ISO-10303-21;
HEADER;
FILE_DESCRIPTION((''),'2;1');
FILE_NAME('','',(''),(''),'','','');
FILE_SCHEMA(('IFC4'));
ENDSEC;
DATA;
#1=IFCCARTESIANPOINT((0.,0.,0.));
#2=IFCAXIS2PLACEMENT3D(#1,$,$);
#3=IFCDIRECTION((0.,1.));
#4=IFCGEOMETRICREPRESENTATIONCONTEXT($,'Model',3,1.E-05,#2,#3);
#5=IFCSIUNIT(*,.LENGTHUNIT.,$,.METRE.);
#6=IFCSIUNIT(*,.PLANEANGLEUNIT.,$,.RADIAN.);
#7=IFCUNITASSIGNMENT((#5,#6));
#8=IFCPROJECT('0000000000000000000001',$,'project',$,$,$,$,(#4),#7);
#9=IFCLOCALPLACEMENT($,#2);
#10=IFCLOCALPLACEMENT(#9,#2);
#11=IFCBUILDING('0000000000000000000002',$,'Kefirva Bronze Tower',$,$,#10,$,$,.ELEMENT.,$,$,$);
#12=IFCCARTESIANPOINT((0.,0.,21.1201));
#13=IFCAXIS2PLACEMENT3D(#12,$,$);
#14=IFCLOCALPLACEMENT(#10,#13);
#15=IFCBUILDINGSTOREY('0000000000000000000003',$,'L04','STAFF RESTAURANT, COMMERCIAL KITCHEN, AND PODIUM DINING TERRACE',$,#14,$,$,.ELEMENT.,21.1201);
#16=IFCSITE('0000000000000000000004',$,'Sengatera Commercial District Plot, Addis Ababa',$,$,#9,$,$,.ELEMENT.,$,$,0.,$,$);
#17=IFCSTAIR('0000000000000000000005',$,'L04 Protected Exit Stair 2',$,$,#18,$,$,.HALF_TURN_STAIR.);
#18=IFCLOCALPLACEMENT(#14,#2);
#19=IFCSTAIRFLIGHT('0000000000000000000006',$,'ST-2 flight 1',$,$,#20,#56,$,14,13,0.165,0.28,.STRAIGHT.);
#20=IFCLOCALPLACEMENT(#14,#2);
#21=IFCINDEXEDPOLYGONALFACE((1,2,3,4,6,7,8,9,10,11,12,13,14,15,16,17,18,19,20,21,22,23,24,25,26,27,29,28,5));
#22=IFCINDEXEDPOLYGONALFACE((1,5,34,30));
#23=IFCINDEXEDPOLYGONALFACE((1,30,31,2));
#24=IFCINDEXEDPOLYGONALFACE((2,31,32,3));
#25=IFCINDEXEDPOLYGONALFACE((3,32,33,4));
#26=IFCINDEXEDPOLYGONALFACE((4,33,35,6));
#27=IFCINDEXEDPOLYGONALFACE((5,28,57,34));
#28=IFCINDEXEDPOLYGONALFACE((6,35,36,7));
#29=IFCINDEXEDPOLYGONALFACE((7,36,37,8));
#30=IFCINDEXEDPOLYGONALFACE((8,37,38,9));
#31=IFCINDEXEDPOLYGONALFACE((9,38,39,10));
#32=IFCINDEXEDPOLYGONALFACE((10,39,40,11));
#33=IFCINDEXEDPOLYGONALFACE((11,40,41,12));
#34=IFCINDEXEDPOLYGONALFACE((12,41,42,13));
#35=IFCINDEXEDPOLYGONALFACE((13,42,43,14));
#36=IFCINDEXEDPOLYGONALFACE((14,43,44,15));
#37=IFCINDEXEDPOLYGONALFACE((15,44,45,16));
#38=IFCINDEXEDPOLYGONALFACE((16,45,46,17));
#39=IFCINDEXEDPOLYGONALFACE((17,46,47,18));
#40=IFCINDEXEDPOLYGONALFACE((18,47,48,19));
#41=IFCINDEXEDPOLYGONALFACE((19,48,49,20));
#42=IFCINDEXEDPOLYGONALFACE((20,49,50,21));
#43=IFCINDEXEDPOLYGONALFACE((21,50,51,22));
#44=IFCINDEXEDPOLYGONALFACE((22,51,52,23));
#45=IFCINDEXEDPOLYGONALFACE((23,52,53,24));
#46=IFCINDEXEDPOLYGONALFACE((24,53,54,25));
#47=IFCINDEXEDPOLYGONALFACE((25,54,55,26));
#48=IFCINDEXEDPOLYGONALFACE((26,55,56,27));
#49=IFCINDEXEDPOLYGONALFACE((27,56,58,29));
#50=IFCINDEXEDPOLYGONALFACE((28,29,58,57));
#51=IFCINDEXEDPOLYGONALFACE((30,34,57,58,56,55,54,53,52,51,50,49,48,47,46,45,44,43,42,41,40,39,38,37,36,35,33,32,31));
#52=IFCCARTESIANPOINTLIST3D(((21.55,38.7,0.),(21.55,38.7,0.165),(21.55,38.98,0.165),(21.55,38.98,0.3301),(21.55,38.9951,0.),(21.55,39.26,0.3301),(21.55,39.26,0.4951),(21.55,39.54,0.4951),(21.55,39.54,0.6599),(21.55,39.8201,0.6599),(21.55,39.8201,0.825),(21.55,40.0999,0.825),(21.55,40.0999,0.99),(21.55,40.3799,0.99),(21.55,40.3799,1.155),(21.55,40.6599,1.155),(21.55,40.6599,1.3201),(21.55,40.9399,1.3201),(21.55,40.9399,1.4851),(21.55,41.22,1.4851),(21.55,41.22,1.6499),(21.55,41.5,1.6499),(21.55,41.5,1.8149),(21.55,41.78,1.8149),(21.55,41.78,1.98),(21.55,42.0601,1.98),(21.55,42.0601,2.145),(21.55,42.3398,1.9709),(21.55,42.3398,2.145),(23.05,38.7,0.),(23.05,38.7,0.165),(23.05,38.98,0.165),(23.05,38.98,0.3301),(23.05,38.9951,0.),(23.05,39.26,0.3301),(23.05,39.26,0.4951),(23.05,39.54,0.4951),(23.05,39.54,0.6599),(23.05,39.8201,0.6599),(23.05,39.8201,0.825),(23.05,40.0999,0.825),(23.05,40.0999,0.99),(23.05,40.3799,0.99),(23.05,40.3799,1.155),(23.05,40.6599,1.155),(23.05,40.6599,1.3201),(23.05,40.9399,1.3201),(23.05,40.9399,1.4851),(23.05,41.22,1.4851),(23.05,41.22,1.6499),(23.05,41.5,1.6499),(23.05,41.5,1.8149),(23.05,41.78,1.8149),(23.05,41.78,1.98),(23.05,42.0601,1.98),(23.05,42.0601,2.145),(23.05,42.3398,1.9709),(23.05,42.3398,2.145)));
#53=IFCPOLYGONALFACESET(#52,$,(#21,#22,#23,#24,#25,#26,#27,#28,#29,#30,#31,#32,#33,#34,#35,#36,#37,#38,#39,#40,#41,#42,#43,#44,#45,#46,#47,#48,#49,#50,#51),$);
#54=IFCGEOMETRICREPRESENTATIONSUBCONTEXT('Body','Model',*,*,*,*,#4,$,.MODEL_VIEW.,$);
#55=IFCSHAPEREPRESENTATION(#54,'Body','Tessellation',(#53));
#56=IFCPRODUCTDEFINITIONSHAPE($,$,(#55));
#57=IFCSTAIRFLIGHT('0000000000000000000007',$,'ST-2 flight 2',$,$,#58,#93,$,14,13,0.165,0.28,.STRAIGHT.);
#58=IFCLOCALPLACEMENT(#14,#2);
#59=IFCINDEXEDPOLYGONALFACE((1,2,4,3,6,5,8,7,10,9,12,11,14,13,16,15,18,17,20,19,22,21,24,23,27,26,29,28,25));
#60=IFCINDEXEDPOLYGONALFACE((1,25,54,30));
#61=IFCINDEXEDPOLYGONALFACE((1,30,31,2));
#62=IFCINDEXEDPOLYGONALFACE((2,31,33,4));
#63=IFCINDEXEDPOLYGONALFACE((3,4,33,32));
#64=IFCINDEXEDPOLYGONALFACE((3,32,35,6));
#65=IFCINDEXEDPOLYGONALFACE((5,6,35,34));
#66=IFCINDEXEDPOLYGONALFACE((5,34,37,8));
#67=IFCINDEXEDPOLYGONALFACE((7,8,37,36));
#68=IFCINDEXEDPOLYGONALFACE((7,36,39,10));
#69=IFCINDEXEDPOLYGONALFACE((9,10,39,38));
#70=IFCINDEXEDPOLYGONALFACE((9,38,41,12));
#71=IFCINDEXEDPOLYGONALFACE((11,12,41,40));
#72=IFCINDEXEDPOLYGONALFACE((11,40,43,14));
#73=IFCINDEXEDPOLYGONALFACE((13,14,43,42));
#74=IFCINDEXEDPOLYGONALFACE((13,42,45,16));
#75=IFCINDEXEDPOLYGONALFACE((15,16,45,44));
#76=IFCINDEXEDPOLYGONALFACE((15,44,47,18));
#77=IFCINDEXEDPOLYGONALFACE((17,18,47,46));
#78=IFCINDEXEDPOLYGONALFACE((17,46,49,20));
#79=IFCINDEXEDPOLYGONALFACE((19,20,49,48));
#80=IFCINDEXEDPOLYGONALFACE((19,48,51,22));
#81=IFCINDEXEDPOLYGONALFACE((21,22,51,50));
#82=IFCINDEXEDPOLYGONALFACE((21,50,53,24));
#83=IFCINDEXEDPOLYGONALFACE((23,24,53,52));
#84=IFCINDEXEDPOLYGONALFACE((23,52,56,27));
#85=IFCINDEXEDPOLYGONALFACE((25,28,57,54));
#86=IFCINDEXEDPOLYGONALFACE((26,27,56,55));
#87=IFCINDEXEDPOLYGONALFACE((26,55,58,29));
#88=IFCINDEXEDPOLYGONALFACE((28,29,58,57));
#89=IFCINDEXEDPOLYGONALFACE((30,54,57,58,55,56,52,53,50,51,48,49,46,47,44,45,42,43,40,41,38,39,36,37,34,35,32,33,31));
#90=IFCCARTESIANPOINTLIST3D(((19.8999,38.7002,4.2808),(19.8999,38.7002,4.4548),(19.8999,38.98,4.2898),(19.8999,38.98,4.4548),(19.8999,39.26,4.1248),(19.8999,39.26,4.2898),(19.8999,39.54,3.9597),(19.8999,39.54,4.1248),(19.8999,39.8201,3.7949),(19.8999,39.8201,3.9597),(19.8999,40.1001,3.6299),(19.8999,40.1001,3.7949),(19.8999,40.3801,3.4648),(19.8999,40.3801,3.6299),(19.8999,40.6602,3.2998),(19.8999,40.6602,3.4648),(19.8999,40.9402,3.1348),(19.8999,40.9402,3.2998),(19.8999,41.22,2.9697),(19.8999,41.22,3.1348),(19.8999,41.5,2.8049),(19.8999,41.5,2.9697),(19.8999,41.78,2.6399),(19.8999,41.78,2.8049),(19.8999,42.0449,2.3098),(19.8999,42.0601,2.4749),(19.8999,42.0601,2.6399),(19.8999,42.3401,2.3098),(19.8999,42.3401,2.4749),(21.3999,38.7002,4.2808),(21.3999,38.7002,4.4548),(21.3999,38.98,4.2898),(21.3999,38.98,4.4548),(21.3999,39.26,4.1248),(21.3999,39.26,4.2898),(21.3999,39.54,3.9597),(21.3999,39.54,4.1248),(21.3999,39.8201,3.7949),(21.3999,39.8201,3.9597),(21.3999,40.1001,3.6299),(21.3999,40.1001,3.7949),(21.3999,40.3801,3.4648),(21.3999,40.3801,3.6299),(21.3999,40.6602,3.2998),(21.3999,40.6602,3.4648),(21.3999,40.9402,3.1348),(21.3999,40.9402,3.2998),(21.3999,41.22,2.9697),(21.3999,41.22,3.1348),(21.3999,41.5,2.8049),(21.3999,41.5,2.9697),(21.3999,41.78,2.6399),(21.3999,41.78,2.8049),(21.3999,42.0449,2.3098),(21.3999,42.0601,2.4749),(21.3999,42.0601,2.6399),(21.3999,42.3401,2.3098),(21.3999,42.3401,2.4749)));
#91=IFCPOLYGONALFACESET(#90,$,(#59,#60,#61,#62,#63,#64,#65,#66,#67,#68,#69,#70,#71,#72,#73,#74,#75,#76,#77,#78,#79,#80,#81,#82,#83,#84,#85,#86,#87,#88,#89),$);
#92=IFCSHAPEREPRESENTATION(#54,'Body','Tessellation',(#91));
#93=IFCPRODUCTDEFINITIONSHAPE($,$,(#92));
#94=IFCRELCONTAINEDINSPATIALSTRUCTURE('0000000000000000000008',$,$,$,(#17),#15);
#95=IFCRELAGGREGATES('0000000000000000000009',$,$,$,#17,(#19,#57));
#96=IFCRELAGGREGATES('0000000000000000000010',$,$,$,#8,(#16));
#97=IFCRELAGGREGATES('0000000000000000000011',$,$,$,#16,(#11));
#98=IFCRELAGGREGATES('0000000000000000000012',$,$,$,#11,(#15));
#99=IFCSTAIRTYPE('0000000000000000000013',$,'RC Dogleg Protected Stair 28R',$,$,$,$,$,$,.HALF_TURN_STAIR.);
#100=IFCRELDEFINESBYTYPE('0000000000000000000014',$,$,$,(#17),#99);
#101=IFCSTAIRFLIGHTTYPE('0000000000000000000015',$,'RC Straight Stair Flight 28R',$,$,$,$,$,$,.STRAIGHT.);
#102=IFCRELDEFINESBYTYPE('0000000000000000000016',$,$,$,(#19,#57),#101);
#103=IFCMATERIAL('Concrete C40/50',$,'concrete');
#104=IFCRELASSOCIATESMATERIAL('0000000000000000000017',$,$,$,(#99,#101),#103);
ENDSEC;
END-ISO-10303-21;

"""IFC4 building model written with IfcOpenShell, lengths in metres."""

from ifc_helpers import new_model, si_unit, direction, frame, origin, place, context, subcontext, project, spatial, polyline, outline, extrude, material, type_object, element, aggregate, save


model = new_model("IFC4")

# Units and contexts
model_context = context("Model", 3, precision=1e-05, world=origin(), true_north=direction((0.0, 1.0)))
body_context = subcontext(model_context, "Body", "Model", "MODEL_VIEW")
ifc_project = project(units=[si_unit("LENGTHUNIT", "METRE"), si_unit("PLANEANGLEUNIT", "RADIAN")], contexts=[model_context])

# Site, building, storey
site_placement = place(None, origin())
site = spatial("IfcSite", under=ifc_project, at=site_placement, Name="Sengatera Commercial District Plot, Addis Ababa", CompositionType="ELEMENT", RefElevation=0.0)
building_placement = place(site_placement, origin())
building = spatial("IfcBuilding", under=site, at=building_placement, Name="Kefirva Bronze Tower", CompositionType="ELEMENT")
storey_placement = place(building_placement, frame((0.0, 0.0, 21.1201)))
storey = spatial("IfcBuildingStorey", under=building, at=storey_placement, Name="L04", Description="STAFF RESTAURANT, COMMERCIAL KITCHEN, AND PODIUM DINING TERRACE", CompositionType="ELEMENT", Elevation=21.1201)

# Stair, stair flights
ifc_material_1 = material(Name="Concrete C40/50", Category="concrete")
stair_type = type_object("IfcStairType", Name="RC Dogleg Protected Stair 28R", PredefinedType="HALF_TURN_STAIR", material=ifc_material_1)
stair_placement = place(storey_placement, origin())
stair = element("IfcStair", 1, at=stair_placement, inside=storey, type_object=stair_type, Name="L04 Protected Exit Stair 2", PredefinedType="HALF_TURN_STAIR")
stair_flight_type = type_object("IfcStairFlightType", Name="RC Straight Stair Flight 28R", PredefinedType="STRAIGHT", material=ifc_material_1)
stair_flight_1_placement = place(storey_placement, frame((22.3, 38.7, 0.0), z_axis=(0.0, 0.0, 1.0), x_axis=(0.0, 1.0, 0.0)))
stair_flight_1 = element("IfcStairFlight", 2, at=stair_flight_1_placement, type_object=stair_flight_type, Name="ST-2 flight 1", NumberOfRisers=14, NumberOfTreads=13, PredefinedType="STRAIGHT", RiserHeight=0.165, TreadLength=0.28, context=body_context, shape_type="SweptSolid", body=[
    extrude(outline(polyline([(0.0, 0.0), (0.0, 0.165), (0.28, 0.165), (0.28, 0.3301), (0.5601, 0.3301), (0.5601, 0.4951), (0.8401, 0.4951), (0.8401, 0.6599), (1.1201, 0.6599), (1.1201, 0.825), (1.3999, 0.825), (1.3999, 0.99), (1.6799, 0.99), (1.6799, 1.155), (1.96, 1.155), (1.96, 1.3201), (2.24, 1.3201), (2.24, 1.4851), (2.52, 1.4851), (2.52, 1.6499), (2.8, 1.6499), (2.8, 1.8149), (3.0801, 1.8149), (3.0801, 1.98), (3.3601, 1.98), (3.3601, 2.145), (3.6399, 2.145), (3.6399, 2.3101), (3.6399, 1.9709), (0.2952, 0.0), (0.0, 0.0)])), frame((0.0, 0.75, 0.0), z_axis=(0.0, -1.0, 0.0), x_axis=(1.0, 0.0, 0.0)), (0.0, 0.0, 1.0), 1.5),
])
stair_flight_2_placement = place(storey_placement, frame((20.6499, 42.3401, 2.3098), z_axis=(0.0, 0.0, 1.0), x_axis=(0.0, -1.0, 0.0)))
stair_flight_2 = element("IfcStairFlight", 3, at=stair_flight_2_placement, type_object=stair_flight_type, Name="ST-2 flight 2", NumberOfRisers=14, NumberOfTreads=13, PredefinedType="STRAIGHT", RiserHeight=0.165, TreadLength=0.28, context=body_context, shape_type="SweptSolid", body=[
    extrude(outline(polyline([(0.0, 0.0), (0.0, 0.165), (0.28, 0.165), (0.28, 0.3301), (0.5601, 0.3301), (0.5601, 0.4951), (0.8401, 0.4951), (0.8401, 0.6599), (1.1201, 0.6599), (1.1201, 0.825), (1.3999, 0.825), (1.3999, 0.99), (1.6799, 0.99), (1.6799, 1.155), (1.96, 1.155), (1.96, 1.3201), (2.24, 1.3201), (2.24, 1.4851), (2.52, 1.4851), (2.52, 1.6499), (2.8, 1.6499), (2.8, 1.8149), (3.0801, 1.8149), (3.0801, 1.98), (3.3601, 1.98), (3.3601, 2.145), (3.6399, 2.145), (3.6399, 2.3101), (3.6399, 1.9709), (0.2952, 0.0), (0.0, 0.0)])), frame((0.0, 0.75, 0.0), z_axis=(0.0, -1.0, 0.0), x_axis=(1.0, 0.0, 0.0)), (0.0, 0.0, 1.0), 1.5),
])
aggregate(stair, [stair_flight_1, stair_flight_2])

save(model, "model.ifc")
